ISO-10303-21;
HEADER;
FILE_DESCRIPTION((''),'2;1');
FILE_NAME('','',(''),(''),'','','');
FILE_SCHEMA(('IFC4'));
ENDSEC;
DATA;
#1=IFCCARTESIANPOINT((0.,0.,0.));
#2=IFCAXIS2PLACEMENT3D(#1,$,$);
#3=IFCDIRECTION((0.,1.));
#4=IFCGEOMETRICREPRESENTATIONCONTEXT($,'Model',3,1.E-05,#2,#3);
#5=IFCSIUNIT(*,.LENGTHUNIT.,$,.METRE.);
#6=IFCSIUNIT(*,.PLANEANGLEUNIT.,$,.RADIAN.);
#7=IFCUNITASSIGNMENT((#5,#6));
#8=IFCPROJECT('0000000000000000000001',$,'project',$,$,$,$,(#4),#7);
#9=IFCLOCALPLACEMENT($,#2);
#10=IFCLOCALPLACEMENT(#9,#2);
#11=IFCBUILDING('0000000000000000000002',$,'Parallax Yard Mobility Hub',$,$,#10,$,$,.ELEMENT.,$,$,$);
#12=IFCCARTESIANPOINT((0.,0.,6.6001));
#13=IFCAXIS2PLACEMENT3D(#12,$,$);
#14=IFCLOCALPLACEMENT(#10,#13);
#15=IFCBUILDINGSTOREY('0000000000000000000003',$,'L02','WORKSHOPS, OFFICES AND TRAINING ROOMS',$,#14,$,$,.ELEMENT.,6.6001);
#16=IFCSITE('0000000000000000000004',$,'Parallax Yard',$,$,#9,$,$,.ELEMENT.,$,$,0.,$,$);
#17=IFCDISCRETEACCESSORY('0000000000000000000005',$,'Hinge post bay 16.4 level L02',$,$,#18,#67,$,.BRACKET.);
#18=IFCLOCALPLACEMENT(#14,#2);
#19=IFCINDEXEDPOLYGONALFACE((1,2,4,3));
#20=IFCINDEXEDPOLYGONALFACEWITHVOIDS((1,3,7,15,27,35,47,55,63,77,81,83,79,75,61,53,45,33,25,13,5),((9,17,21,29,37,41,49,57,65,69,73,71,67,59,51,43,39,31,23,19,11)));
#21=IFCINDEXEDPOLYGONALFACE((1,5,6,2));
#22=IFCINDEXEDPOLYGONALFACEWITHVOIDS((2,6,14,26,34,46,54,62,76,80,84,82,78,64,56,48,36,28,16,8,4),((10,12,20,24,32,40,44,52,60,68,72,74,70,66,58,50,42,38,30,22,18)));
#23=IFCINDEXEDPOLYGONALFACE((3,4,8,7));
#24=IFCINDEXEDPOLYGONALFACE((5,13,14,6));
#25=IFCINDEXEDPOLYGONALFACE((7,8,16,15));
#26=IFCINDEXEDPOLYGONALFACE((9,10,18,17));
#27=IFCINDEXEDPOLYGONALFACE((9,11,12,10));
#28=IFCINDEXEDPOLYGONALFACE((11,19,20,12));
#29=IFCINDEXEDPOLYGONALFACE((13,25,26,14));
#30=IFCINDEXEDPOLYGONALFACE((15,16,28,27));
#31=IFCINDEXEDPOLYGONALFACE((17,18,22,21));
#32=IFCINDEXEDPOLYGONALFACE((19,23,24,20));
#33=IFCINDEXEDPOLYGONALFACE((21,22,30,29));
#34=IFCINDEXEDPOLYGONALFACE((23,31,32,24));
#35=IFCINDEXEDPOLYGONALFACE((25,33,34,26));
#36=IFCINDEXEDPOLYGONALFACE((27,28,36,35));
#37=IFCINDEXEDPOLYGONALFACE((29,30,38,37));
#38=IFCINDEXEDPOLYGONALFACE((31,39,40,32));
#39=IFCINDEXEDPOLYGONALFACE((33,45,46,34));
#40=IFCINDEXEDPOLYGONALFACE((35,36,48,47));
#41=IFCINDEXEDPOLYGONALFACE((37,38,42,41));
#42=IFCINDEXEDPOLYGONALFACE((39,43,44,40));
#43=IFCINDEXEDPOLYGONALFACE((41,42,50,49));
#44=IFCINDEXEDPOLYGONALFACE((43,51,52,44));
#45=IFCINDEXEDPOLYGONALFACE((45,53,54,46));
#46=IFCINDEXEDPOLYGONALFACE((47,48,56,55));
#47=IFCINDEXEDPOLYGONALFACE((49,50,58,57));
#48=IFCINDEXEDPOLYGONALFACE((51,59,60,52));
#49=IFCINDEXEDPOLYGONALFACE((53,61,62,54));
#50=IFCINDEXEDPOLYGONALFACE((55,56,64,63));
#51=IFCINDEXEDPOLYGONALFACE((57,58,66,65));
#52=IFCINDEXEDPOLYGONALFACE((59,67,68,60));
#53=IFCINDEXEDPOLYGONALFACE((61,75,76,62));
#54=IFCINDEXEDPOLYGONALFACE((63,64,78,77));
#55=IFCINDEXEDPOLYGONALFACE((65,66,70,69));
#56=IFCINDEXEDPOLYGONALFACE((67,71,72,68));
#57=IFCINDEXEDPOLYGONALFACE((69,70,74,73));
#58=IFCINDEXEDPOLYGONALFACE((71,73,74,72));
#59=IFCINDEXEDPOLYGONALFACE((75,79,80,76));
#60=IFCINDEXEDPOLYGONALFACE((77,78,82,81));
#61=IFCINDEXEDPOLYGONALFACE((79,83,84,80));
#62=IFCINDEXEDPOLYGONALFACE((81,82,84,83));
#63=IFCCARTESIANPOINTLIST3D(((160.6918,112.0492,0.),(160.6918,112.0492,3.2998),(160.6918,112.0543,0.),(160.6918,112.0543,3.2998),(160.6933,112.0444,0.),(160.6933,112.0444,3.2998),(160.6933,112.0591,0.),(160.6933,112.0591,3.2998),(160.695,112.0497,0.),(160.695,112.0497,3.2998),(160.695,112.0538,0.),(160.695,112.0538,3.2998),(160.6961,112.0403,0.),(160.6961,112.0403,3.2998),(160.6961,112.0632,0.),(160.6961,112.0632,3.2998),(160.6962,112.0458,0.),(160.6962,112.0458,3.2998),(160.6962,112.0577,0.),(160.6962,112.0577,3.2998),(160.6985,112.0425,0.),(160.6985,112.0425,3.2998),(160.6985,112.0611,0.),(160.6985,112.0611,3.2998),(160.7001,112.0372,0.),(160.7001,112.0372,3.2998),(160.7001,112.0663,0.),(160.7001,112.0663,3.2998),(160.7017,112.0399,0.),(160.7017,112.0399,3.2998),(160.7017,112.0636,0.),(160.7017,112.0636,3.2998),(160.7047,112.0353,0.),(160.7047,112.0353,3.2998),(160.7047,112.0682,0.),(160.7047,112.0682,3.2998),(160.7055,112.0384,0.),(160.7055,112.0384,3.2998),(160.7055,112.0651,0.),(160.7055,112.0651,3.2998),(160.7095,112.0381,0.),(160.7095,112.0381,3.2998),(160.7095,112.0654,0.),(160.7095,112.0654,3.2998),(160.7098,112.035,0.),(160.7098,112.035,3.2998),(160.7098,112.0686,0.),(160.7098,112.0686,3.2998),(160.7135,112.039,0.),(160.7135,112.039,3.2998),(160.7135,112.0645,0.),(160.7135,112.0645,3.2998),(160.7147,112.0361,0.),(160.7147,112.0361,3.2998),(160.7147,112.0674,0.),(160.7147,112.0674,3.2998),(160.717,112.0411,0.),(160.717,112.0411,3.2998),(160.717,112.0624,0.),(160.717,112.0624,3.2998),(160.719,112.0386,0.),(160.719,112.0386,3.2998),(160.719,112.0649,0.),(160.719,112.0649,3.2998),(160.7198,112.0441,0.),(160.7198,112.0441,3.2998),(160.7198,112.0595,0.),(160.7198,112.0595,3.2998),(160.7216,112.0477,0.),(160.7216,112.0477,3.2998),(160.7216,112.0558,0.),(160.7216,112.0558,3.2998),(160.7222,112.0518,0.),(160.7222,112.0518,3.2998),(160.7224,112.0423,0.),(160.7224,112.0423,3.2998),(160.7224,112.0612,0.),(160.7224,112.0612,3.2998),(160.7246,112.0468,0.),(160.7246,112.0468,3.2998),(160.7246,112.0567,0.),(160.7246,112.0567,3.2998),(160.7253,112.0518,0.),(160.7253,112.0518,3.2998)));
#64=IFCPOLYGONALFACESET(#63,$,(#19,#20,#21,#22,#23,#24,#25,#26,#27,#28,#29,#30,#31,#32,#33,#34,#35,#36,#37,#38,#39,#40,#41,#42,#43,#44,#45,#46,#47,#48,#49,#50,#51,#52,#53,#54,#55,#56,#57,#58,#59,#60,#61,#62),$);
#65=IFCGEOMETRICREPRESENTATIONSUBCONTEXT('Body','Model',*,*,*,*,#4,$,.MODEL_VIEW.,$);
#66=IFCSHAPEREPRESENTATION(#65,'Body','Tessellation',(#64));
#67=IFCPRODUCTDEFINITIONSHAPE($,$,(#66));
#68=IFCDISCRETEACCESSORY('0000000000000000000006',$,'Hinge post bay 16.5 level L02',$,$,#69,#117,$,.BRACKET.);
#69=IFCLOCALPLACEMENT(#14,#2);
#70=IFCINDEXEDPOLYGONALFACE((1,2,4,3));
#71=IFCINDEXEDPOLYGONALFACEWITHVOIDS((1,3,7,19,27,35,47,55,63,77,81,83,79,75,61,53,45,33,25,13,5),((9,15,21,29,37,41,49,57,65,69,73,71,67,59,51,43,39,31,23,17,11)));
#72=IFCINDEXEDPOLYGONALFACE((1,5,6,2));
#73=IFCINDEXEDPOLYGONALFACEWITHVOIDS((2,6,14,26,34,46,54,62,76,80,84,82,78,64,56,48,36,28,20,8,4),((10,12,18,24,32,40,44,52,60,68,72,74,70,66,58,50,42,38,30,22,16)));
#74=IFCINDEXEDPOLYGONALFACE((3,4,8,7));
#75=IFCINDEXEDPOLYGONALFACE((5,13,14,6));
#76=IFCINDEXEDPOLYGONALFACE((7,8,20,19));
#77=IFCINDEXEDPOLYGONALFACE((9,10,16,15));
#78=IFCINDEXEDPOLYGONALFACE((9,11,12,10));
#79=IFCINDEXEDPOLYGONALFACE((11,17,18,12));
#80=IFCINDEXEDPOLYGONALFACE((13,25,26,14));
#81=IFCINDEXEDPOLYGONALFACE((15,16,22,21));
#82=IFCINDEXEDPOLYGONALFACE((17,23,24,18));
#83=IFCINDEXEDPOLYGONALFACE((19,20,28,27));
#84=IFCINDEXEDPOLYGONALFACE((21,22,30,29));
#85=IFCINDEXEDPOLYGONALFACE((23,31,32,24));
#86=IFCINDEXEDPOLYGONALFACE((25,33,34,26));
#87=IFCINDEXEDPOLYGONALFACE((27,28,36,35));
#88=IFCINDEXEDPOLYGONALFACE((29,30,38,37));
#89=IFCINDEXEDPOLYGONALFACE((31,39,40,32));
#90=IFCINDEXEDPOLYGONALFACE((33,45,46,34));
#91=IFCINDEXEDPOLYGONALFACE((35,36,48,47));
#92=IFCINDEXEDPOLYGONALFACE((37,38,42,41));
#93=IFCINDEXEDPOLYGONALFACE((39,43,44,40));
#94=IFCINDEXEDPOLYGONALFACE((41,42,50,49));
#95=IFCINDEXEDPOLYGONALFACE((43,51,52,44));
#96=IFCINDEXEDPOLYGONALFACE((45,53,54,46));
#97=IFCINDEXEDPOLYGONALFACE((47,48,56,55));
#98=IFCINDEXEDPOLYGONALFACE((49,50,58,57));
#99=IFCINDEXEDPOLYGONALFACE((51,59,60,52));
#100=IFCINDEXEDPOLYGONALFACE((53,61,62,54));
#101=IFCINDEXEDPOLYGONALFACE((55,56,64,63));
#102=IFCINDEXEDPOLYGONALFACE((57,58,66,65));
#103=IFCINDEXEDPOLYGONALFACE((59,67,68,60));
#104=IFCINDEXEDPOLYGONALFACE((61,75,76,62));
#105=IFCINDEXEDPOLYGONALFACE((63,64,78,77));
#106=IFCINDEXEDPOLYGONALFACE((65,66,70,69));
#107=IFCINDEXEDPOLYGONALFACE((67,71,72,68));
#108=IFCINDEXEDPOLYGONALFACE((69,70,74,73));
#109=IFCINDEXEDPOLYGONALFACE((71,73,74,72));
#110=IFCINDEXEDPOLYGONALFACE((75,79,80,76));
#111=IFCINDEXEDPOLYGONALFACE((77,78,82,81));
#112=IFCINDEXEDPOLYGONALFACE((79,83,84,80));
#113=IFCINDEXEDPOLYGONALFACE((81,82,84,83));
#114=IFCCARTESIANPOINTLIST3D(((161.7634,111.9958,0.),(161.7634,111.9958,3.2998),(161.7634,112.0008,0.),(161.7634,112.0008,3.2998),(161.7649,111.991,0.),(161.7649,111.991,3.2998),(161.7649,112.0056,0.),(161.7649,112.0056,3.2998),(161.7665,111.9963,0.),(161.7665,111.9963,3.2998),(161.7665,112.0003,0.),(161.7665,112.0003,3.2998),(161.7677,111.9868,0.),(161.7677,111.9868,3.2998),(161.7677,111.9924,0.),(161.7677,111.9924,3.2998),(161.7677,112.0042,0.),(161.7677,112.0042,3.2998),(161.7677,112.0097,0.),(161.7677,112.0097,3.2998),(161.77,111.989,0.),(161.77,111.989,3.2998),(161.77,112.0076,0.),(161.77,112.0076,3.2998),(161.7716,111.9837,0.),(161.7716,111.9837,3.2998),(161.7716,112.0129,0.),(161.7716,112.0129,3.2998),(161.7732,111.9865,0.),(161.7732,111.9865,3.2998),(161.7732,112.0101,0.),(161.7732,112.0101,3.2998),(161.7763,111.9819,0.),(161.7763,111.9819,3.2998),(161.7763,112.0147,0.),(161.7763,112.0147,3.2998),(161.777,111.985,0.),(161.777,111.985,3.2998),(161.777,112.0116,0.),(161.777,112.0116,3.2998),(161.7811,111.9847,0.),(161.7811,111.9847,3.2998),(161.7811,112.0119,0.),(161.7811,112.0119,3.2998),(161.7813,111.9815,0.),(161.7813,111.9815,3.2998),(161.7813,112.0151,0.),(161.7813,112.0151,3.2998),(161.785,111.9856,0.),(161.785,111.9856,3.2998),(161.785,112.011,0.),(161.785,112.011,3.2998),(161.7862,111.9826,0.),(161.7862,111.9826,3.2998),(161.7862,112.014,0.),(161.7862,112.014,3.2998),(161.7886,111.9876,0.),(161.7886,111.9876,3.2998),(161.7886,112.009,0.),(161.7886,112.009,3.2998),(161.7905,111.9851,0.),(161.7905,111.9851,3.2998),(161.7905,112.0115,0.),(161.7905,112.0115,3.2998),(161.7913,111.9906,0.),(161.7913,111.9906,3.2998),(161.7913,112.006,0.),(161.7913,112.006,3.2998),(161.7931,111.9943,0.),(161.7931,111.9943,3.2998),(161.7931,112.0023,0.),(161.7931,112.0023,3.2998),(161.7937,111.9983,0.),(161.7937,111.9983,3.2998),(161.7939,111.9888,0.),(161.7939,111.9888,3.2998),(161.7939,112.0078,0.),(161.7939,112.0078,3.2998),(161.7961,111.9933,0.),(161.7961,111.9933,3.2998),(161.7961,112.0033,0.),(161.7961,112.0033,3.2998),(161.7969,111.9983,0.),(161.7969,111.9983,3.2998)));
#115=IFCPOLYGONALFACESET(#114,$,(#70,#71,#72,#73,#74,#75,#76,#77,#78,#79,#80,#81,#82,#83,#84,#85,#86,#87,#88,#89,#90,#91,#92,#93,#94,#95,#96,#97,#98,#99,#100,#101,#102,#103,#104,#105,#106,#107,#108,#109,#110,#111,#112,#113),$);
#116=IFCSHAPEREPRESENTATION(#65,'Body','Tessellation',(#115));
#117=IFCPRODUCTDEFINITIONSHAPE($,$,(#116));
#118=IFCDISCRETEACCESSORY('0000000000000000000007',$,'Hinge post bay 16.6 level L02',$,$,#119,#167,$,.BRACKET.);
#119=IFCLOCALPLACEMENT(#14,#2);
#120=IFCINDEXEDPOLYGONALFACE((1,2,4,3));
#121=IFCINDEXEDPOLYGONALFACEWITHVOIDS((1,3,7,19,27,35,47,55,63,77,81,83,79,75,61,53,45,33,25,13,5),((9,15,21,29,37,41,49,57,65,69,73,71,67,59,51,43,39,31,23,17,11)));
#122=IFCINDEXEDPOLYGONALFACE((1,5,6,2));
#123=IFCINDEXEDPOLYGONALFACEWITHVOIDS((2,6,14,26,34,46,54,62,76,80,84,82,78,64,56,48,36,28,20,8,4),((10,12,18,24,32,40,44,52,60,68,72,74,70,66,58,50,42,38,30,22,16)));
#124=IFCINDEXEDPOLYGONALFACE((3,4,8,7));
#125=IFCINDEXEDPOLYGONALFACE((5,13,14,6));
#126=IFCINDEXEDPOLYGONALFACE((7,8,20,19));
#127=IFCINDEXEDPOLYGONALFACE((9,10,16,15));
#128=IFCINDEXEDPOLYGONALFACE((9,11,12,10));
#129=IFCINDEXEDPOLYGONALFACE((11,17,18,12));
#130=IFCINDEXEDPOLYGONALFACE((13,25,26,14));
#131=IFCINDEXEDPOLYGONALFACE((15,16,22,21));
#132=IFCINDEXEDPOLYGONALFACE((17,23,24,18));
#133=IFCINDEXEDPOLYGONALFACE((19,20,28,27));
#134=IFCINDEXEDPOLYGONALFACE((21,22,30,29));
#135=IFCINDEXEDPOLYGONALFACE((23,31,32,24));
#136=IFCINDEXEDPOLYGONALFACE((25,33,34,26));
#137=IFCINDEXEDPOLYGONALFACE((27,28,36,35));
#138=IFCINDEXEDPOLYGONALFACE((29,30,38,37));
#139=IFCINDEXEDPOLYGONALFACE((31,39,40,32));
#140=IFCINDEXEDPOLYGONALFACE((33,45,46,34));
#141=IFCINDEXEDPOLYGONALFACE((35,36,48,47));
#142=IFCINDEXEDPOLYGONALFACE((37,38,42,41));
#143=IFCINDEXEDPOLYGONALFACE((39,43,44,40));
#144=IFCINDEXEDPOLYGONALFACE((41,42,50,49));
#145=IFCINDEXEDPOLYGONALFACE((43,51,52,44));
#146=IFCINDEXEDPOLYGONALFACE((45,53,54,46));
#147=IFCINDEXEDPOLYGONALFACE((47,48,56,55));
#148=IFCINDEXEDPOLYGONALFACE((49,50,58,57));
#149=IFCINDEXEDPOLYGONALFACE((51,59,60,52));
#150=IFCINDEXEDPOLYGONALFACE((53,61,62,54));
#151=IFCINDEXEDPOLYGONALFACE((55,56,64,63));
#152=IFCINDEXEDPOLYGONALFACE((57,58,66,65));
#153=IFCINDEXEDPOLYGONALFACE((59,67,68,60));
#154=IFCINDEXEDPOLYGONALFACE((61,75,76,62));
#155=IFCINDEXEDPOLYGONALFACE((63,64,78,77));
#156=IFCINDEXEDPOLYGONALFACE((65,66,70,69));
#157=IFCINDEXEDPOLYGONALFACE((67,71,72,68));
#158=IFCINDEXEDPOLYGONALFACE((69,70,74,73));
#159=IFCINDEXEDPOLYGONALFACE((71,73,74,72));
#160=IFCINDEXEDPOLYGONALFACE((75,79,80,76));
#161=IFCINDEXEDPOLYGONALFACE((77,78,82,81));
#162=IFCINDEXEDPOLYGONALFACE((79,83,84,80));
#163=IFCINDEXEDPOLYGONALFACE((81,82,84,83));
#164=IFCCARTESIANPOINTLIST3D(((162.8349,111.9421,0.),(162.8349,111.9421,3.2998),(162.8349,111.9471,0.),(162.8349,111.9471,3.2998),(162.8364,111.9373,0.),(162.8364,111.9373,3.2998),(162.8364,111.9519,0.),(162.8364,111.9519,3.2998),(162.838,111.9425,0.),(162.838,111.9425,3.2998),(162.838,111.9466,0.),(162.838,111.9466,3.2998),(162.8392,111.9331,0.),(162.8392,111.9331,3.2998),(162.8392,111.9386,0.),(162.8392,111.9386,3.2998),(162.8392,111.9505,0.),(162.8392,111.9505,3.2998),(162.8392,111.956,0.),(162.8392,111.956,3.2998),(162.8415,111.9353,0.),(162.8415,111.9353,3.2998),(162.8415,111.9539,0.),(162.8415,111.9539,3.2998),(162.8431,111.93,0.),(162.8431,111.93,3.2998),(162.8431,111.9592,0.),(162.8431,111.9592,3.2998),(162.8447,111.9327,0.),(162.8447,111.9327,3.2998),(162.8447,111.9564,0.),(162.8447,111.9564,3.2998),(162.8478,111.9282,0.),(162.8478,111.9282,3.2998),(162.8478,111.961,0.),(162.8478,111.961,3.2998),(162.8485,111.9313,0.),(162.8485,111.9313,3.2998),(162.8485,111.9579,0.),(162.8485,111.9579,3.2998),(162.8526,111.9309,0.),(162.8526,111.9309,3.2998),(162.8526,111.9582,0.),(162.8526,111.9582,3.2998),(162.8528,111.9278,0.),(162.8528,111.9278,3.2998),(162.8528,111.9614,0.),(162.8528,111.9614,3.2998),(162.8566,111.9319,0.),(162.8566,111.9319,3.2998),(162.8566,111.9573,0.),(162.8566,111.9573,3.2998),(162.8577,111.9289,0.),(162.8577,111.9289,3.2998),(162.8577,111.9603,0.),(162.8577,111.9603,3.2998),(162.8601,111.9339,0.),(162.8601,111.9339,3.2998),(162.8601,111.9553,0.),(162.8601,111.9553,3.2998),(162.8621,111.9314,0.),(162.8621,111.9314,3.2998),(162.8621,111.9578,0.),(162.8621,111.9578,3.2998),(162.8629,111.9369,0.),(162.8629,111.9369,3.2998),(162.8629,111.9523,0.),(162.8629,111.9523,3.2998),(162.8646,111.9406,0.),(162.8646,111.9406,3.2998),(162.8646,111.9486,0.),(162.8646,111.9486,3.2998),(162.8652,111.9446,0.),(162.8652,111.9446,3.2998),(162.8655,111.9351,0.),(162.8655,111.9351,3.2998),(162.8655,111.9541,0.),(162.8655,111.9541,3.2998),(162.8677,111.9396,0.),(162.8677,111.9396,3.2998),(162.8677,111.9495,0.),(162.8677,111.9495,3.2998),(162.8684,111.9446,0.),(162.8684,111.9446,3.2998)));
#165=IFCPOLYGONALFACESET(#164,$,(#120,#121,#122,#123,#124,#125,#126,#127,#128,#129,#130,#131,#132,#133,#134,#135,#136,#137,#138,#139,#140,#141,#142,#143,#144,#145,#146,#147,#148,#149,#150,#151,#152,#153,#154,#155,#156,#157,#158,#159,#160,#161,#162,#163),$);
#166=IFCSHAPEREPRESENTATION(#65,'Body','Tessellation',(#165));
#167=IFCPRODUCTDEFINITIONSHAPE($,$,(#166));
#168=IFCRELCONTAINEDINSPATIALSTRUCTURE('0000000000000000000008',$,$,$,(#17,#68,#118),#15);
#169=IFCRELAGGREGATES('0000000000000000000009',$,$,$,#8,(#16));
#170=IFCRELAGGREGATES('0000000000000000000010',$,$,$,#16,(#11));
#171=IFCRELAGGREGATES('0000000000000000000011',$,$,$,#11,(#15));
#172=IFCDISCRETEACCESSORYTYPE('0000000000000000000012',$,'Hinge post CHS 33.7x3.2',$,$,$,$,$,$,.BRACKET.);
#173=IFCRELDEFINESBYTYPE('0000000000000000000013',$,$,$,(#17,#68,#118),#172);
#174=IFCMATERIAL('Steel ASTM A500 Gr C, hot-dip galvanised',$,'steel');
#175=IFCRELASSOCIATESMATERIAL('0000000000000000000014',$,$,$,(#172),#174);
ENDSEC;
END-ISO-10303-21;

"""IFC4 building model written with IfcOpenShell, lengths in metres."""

from ifc_helpers import new_model, si_unit, direction, frame, origin, origin_2d, place, context, subcontext, project, spatial, hollow_circle, extrude, material, material_profile, profile_set, type_object, element, save


model = new_model("IFC4")

# Units and contexts
model_context = context("Model", 3, precision=1e-05, world=origin(), true_north=direction((0.0, 1.0)))
body_context = subcontext(model_context, "Body", "Model", "MODEL_VIEW")
ifc_project = project(units=[si_unit("LENGTHUNIT", "METRE"), si_unit("PLANEANGLEUNIT", "RADIAN")], contexts=[model_context])

# Site, building, storey
site_placement = place(None, origin())
site = spatial("IfcSite", under=ifc_project, at=site_placement, Name="Parallax Yard", CompositionType="ELEMENT", RefElevation=0.0)
building_placement = place(site_placement, origin())
building = spatial("IfcBuilding", under=site, at=building_placement, Name="Parallax Yard Mobility Hub", CompositionType="ELEMENT")
storey_placement = place(building_placement, frame((0.0, 0.0, 6.6001)))
storey = spatial("IfcBuildingStorey", under=building, at=storey_placement, Name="L02", Description="WORKSHOPS, OFFICES AND TRAINING ROOMS", CompositionType="ELEMENT", Elevation=6.6001)

# Discrete accessories
ifc_material_1 = material(Name="Steel ASTM A500 Gr C, hot-dip galvanised", Category="steel")
ifc_material_profile_1 = material_profile(ifc_material_1, hollow_circle(Radius=0.0168, WallThickness=0.0032, at=origin_2d()), Name="CHS 33.7x3.2")
ifc_profile_set_1 = profile_set([ifc_material_profile_1], Name="Steel ASTM A500 Gr C, hot-dip galvanised")
discrete_accessory_type_1 = type_object("IfcDiscreteAccessoryType", Name="Hinge post CHS 33.7x3.2", PredefinedType="BRACKET", material=ifc_profile_set_1)
for number, where, z_axis, x_axis, name in (
    (1, (160.7085, 112.0518, 0.0), (0.0, 0.0, 1.0), (1.0, 0.0, 0.0), "Hinge post bay 16.4 level L02"),
    (2, (161.78, 111.9983, 0.0), (0.0, 0.0, 1.0), (1.0, 0.0, 0.0), "Hinge post bay 16.5 level L02"),
    (3, (162.8516, 111.9446, 0.0), (0.0, 0.0, 1.0), (1.0, 0.0, 0.0), "Hinge post bay 16.6 level L02"),
):
    element("IfcDiscreteAccessory", number, at=place(storey_placement, frame(where, z_axis=z_axis, x_axis=x_axis)), inside=storey, type_object=discrete_accessory_type_1, Name=name, PredefinedType="BRACKET", context=body_context, shape_type="SweptSolid", body=[
        extrude(hollow_circle(Radius=0.0168, WallThickness=0.0032, at=origin_2d()), origin(), (0.0, 0.0, 1.0), 3.2998),
    ])

save(model, "model.ifc")
